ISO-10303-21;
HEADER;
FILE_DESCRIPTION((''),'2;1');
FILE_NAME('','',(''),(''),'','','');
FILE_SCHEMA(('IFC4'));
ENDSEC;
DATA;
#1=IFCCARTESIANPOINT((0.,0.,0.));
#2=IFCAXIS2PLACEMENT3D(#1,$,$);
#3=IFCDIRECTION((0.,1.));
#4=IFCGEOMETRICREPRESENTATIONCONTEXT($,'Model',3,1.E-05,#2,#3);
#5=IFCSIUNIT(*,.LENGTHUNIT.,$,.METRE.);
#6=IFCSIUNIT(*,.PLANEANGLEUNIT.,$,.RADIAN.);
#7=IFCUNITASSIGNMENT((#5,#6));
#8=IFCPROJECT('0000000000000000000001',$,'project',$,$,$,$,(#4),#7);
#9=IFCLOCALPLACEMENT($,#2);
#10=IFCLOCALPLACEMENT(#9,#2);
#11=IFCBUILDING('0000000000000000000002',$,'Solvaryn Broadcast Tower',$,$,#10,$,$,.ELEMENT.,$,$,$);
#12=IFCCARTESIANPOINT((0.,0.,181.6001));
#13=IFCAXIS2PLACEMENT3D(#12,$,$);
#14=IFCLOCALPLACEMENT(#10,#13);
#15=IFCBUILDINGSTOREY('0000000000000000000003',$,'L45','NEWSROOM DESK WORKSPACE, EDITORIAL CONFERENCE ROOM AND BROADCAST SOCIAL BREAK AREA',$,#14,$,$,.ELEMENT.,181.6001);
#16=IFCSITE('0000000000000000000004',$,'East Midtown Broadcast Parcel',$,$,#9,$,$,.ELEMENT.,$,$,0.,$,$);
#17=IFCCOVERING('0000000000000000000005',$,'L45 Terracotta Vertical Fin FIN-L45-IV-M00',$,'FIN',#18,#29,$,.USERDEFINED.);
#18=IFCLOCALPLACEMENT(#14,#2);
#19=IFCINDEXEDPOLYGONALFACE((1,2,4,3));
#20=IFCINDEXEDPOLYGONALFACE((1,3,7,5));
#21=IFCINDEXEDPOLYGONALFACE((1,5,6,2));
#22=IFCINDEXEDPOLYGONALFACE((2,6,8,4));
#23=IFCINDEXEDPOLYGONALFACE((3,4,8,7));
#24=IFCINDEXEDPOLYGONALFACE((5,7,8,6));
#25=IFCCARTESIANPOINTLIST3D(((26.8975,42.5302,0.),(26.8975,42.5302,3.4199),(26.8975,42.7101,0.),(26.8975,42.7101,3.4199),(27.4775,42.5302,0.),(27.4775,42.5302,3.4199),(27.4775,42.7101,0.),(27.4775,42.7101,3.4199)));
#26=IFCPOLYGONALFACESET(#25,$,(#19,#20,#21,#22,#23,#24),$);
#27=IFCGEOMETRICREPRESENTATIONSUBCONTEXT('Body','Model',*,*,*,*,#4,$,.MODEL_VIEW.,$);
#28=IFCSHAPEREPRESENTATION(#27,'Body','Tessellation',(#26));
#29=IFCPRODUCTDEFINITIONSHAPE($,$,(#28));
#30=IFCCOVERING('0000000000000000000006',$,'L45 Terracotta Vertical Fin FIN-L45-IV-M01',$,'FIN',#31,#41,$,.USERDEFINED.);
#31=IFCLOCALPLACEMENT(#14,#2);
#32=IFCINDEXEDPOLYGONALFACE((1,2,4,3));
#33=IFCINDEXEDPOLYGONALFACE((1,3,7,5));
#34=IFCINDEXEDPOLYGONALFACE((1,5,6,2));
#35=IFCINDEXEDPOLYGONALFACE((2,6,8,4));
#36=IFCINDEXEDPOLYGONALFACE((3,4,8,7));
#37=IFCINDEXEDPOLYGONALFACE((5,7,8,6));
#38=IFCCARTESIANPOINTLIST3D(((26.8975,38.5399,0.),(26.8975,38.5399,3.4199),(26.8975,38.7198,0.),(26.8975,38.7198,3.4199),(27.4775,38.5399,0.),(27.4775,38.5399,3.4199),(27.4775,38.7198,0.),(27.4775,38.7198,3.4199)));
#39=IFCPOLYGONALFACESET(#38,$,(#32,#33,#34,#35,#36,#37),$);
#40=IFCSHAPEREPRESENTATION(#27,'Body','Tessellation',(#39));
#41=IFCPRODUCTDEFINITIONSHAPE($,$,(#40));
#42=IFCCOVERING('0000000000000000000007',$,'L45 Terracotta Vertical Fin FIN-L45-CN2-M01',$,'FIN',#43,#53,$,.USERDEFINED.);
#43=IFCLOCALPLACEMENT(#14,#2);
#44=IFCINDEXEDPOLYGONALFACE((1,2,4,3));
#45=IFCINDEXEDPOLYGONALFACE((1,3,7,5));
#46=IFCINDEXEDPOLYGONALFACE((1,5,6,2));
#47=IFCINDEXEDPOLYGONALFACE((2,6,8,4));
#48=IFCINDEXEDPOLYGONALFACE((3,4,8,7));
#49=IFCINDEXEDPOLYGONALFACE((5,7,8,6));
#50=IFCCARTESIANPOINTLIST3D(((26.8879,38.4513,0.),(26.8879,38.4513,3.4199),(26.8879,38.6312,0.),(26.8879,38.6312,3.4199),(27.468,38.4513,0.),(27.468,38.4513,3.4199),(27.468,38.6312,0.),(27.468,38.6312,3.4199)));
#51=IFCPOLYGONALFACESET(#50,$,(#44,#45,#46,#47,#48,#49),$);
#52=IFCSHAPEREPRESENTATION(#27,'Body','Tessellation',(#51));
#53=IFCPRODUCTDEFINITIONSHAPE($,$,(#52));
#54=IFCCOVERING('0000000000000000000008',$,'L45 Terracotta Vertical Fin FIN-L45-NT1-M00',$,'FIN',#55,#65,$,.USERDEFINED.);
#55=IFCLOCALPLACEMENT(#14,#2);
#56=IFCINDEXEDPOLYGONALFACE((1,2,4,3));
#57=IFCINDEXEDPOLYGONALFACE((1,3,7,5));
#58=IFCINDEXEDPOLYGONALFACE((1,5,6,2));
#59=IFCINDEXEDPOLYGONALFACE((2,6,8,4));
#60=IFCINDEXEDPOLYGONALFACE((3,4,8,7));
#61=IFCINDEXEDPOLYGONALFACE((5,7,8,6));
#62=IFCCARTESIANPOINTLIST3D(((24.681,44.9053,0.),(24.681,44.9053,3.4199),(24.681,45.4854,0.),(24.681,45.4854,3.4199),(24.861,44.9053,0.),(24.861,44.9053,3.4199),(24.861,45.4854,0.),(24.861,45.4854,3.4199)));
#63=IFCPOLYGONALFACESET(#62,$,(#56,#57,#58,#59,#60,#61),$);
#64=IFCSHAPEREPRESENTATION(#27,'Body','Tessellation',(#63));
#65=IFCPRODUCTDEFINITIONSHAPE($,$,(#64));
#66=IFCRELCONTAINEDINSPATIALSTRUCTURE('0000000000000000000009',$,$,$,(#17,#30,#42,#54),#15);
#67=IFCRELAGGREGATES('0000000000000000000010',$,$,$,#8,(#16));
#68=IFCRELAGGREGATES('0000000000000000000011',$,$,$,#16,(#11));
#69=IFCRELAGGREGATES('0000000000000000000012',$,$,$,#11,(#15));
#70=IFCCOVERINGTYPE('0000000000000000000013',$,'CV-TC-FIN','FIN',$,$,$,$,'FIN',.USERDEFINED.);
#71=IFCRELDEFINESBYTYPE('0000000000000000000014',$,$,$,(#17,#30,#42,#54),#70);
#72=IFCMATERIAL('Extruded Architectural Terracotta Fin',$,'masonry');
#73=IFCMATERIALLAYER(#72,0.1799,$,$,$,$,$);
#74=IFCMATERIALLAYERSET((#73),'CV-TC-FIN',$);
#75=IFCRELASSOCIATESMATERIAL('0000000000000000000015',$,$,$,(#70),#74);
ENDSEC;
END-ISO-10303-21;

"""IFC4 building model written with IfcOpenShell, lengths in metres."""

from ifc_helpers import new_model, si_unit, direction, frame, origin, origin_2d, place, context, subcontext, project, spatial, rectangle, extrude, material, layer, layer_set, type_object, element, save


model = new_model("IFC4")

# Units and contexts
model_context = context("Model", 3, precision=1e-05, world=origin(), true_north=direction((0.0, 1.0)))
body_context = subcontext(model_context, "Body", "Model", "MODEL_VIEW")
ifc_project = project(units=[si_unit("LENGTHUNIT", "METRE"), si_unit("PLANEANGLEUNIT", "RADIAN")], contexts=[model_context])

# Site, building, storey
site_placement = place(None, origin())
site = spatial("IfcSite", under=ifc_project, at=site_placement, Name="East Midtown Broadcast Parcel", CompositionType="ELEMENT", RefElevation=0.0)
building_placement = place(site_placement, origin())
building = spatial("IfcBuilding", under=site, at=building_placement, Name="Solvaryn Broadcast Tower", CompositionType="ELEMENT")
storey_placement = place(building_placement, frame((0.0, 0.0, 181.6001)))
storey = spatial("IfcBuildingStorey", under=building, at=storey_placement, Name="L45", Description="NEWSROOM DESK WORKSPACE, EDITORIAL CONFERENCE ROOM AND BROADCAST SOCIAL BREAK AREA", CompositionType="ELEMENT", Elevation=181.6001)

# Coverings
ifc_material_1 = material(Name="Extruded Architectural Terracotta Fin", Category="masonry")
ifc_layer_1 = layer(ifc_material_1, 0.1799)
ifc_layer_set_1 = layer_set([ifc_layer_1], Name="CV-TC-FIN")
covering_type = type_object("IfcCoveringType", Name="CV-TC-FIN", Description="FIN", ElementType="FIN", PredefinedType="USERDEFINED", material=ifc_layer_set_1)
for number, where, z_axis, x_axis, name in (
    (1, (27.1875, 42.6201, 0.0), (0.0, 0.0, 1.0), (1.0, 0.0, 0.0), "L45 Terracotta Vertical Fin FIN-L45-IV-M00"),
    (2, (27.1875, 38.6299, 0.0), (0.0, 0.0, 1.0), (1.0, 0.0, 0.0), "L45 Terracotta Vertical Fin FIN-L45-IV-M01"),
    (3, (27.178, 38.5413, 0.0), (0.0, 0.0, 1.0), (1.0, 0.0, 0.0), "L45 Terracotta Vertical Fin FIN-L45-CN2-M01"),
):
    element("IfcCovering", number, at=place(storey_placement, frame(where, z_axis=z_axis, x_axis=x_axis)), inside=storey, type_object=covering_type, Name=name, ObjectType="FIN", PredefinedType="USERDEFINED", context=body_context, shape_type="SweptSolid", body=[
        extrude(rectangle(XDim=0.5801, YDim=0.1799, at=origin_2d()), origin(), (0.0, 0.0, 1.0), 3.4199),
    ])
covering_placement = place(storey_placement, frame((24.771, 45.1953, 0.0), z_axis=(0.0, 0.0, 1.0), x_axis=(1.0, 0.0, 0.0)))
element("IfcCovering", 4, at=covering_placement, inside=storey, type_object=covering_type, Name="L45 Terracotta Vertical Fin FIN-L45-NT1-M00", ObjectType="FIN", PredefinedType="USERDEFINED", context=body_context, shape_type="SweptSolid", body=[
    extrude(rectangle(XDim=0.1799, YDim=0.5801, at=origin_2d()), origin(), (0.0, 0.0, 1.0), 3.4199),
])

save(model, "model.ifc")
